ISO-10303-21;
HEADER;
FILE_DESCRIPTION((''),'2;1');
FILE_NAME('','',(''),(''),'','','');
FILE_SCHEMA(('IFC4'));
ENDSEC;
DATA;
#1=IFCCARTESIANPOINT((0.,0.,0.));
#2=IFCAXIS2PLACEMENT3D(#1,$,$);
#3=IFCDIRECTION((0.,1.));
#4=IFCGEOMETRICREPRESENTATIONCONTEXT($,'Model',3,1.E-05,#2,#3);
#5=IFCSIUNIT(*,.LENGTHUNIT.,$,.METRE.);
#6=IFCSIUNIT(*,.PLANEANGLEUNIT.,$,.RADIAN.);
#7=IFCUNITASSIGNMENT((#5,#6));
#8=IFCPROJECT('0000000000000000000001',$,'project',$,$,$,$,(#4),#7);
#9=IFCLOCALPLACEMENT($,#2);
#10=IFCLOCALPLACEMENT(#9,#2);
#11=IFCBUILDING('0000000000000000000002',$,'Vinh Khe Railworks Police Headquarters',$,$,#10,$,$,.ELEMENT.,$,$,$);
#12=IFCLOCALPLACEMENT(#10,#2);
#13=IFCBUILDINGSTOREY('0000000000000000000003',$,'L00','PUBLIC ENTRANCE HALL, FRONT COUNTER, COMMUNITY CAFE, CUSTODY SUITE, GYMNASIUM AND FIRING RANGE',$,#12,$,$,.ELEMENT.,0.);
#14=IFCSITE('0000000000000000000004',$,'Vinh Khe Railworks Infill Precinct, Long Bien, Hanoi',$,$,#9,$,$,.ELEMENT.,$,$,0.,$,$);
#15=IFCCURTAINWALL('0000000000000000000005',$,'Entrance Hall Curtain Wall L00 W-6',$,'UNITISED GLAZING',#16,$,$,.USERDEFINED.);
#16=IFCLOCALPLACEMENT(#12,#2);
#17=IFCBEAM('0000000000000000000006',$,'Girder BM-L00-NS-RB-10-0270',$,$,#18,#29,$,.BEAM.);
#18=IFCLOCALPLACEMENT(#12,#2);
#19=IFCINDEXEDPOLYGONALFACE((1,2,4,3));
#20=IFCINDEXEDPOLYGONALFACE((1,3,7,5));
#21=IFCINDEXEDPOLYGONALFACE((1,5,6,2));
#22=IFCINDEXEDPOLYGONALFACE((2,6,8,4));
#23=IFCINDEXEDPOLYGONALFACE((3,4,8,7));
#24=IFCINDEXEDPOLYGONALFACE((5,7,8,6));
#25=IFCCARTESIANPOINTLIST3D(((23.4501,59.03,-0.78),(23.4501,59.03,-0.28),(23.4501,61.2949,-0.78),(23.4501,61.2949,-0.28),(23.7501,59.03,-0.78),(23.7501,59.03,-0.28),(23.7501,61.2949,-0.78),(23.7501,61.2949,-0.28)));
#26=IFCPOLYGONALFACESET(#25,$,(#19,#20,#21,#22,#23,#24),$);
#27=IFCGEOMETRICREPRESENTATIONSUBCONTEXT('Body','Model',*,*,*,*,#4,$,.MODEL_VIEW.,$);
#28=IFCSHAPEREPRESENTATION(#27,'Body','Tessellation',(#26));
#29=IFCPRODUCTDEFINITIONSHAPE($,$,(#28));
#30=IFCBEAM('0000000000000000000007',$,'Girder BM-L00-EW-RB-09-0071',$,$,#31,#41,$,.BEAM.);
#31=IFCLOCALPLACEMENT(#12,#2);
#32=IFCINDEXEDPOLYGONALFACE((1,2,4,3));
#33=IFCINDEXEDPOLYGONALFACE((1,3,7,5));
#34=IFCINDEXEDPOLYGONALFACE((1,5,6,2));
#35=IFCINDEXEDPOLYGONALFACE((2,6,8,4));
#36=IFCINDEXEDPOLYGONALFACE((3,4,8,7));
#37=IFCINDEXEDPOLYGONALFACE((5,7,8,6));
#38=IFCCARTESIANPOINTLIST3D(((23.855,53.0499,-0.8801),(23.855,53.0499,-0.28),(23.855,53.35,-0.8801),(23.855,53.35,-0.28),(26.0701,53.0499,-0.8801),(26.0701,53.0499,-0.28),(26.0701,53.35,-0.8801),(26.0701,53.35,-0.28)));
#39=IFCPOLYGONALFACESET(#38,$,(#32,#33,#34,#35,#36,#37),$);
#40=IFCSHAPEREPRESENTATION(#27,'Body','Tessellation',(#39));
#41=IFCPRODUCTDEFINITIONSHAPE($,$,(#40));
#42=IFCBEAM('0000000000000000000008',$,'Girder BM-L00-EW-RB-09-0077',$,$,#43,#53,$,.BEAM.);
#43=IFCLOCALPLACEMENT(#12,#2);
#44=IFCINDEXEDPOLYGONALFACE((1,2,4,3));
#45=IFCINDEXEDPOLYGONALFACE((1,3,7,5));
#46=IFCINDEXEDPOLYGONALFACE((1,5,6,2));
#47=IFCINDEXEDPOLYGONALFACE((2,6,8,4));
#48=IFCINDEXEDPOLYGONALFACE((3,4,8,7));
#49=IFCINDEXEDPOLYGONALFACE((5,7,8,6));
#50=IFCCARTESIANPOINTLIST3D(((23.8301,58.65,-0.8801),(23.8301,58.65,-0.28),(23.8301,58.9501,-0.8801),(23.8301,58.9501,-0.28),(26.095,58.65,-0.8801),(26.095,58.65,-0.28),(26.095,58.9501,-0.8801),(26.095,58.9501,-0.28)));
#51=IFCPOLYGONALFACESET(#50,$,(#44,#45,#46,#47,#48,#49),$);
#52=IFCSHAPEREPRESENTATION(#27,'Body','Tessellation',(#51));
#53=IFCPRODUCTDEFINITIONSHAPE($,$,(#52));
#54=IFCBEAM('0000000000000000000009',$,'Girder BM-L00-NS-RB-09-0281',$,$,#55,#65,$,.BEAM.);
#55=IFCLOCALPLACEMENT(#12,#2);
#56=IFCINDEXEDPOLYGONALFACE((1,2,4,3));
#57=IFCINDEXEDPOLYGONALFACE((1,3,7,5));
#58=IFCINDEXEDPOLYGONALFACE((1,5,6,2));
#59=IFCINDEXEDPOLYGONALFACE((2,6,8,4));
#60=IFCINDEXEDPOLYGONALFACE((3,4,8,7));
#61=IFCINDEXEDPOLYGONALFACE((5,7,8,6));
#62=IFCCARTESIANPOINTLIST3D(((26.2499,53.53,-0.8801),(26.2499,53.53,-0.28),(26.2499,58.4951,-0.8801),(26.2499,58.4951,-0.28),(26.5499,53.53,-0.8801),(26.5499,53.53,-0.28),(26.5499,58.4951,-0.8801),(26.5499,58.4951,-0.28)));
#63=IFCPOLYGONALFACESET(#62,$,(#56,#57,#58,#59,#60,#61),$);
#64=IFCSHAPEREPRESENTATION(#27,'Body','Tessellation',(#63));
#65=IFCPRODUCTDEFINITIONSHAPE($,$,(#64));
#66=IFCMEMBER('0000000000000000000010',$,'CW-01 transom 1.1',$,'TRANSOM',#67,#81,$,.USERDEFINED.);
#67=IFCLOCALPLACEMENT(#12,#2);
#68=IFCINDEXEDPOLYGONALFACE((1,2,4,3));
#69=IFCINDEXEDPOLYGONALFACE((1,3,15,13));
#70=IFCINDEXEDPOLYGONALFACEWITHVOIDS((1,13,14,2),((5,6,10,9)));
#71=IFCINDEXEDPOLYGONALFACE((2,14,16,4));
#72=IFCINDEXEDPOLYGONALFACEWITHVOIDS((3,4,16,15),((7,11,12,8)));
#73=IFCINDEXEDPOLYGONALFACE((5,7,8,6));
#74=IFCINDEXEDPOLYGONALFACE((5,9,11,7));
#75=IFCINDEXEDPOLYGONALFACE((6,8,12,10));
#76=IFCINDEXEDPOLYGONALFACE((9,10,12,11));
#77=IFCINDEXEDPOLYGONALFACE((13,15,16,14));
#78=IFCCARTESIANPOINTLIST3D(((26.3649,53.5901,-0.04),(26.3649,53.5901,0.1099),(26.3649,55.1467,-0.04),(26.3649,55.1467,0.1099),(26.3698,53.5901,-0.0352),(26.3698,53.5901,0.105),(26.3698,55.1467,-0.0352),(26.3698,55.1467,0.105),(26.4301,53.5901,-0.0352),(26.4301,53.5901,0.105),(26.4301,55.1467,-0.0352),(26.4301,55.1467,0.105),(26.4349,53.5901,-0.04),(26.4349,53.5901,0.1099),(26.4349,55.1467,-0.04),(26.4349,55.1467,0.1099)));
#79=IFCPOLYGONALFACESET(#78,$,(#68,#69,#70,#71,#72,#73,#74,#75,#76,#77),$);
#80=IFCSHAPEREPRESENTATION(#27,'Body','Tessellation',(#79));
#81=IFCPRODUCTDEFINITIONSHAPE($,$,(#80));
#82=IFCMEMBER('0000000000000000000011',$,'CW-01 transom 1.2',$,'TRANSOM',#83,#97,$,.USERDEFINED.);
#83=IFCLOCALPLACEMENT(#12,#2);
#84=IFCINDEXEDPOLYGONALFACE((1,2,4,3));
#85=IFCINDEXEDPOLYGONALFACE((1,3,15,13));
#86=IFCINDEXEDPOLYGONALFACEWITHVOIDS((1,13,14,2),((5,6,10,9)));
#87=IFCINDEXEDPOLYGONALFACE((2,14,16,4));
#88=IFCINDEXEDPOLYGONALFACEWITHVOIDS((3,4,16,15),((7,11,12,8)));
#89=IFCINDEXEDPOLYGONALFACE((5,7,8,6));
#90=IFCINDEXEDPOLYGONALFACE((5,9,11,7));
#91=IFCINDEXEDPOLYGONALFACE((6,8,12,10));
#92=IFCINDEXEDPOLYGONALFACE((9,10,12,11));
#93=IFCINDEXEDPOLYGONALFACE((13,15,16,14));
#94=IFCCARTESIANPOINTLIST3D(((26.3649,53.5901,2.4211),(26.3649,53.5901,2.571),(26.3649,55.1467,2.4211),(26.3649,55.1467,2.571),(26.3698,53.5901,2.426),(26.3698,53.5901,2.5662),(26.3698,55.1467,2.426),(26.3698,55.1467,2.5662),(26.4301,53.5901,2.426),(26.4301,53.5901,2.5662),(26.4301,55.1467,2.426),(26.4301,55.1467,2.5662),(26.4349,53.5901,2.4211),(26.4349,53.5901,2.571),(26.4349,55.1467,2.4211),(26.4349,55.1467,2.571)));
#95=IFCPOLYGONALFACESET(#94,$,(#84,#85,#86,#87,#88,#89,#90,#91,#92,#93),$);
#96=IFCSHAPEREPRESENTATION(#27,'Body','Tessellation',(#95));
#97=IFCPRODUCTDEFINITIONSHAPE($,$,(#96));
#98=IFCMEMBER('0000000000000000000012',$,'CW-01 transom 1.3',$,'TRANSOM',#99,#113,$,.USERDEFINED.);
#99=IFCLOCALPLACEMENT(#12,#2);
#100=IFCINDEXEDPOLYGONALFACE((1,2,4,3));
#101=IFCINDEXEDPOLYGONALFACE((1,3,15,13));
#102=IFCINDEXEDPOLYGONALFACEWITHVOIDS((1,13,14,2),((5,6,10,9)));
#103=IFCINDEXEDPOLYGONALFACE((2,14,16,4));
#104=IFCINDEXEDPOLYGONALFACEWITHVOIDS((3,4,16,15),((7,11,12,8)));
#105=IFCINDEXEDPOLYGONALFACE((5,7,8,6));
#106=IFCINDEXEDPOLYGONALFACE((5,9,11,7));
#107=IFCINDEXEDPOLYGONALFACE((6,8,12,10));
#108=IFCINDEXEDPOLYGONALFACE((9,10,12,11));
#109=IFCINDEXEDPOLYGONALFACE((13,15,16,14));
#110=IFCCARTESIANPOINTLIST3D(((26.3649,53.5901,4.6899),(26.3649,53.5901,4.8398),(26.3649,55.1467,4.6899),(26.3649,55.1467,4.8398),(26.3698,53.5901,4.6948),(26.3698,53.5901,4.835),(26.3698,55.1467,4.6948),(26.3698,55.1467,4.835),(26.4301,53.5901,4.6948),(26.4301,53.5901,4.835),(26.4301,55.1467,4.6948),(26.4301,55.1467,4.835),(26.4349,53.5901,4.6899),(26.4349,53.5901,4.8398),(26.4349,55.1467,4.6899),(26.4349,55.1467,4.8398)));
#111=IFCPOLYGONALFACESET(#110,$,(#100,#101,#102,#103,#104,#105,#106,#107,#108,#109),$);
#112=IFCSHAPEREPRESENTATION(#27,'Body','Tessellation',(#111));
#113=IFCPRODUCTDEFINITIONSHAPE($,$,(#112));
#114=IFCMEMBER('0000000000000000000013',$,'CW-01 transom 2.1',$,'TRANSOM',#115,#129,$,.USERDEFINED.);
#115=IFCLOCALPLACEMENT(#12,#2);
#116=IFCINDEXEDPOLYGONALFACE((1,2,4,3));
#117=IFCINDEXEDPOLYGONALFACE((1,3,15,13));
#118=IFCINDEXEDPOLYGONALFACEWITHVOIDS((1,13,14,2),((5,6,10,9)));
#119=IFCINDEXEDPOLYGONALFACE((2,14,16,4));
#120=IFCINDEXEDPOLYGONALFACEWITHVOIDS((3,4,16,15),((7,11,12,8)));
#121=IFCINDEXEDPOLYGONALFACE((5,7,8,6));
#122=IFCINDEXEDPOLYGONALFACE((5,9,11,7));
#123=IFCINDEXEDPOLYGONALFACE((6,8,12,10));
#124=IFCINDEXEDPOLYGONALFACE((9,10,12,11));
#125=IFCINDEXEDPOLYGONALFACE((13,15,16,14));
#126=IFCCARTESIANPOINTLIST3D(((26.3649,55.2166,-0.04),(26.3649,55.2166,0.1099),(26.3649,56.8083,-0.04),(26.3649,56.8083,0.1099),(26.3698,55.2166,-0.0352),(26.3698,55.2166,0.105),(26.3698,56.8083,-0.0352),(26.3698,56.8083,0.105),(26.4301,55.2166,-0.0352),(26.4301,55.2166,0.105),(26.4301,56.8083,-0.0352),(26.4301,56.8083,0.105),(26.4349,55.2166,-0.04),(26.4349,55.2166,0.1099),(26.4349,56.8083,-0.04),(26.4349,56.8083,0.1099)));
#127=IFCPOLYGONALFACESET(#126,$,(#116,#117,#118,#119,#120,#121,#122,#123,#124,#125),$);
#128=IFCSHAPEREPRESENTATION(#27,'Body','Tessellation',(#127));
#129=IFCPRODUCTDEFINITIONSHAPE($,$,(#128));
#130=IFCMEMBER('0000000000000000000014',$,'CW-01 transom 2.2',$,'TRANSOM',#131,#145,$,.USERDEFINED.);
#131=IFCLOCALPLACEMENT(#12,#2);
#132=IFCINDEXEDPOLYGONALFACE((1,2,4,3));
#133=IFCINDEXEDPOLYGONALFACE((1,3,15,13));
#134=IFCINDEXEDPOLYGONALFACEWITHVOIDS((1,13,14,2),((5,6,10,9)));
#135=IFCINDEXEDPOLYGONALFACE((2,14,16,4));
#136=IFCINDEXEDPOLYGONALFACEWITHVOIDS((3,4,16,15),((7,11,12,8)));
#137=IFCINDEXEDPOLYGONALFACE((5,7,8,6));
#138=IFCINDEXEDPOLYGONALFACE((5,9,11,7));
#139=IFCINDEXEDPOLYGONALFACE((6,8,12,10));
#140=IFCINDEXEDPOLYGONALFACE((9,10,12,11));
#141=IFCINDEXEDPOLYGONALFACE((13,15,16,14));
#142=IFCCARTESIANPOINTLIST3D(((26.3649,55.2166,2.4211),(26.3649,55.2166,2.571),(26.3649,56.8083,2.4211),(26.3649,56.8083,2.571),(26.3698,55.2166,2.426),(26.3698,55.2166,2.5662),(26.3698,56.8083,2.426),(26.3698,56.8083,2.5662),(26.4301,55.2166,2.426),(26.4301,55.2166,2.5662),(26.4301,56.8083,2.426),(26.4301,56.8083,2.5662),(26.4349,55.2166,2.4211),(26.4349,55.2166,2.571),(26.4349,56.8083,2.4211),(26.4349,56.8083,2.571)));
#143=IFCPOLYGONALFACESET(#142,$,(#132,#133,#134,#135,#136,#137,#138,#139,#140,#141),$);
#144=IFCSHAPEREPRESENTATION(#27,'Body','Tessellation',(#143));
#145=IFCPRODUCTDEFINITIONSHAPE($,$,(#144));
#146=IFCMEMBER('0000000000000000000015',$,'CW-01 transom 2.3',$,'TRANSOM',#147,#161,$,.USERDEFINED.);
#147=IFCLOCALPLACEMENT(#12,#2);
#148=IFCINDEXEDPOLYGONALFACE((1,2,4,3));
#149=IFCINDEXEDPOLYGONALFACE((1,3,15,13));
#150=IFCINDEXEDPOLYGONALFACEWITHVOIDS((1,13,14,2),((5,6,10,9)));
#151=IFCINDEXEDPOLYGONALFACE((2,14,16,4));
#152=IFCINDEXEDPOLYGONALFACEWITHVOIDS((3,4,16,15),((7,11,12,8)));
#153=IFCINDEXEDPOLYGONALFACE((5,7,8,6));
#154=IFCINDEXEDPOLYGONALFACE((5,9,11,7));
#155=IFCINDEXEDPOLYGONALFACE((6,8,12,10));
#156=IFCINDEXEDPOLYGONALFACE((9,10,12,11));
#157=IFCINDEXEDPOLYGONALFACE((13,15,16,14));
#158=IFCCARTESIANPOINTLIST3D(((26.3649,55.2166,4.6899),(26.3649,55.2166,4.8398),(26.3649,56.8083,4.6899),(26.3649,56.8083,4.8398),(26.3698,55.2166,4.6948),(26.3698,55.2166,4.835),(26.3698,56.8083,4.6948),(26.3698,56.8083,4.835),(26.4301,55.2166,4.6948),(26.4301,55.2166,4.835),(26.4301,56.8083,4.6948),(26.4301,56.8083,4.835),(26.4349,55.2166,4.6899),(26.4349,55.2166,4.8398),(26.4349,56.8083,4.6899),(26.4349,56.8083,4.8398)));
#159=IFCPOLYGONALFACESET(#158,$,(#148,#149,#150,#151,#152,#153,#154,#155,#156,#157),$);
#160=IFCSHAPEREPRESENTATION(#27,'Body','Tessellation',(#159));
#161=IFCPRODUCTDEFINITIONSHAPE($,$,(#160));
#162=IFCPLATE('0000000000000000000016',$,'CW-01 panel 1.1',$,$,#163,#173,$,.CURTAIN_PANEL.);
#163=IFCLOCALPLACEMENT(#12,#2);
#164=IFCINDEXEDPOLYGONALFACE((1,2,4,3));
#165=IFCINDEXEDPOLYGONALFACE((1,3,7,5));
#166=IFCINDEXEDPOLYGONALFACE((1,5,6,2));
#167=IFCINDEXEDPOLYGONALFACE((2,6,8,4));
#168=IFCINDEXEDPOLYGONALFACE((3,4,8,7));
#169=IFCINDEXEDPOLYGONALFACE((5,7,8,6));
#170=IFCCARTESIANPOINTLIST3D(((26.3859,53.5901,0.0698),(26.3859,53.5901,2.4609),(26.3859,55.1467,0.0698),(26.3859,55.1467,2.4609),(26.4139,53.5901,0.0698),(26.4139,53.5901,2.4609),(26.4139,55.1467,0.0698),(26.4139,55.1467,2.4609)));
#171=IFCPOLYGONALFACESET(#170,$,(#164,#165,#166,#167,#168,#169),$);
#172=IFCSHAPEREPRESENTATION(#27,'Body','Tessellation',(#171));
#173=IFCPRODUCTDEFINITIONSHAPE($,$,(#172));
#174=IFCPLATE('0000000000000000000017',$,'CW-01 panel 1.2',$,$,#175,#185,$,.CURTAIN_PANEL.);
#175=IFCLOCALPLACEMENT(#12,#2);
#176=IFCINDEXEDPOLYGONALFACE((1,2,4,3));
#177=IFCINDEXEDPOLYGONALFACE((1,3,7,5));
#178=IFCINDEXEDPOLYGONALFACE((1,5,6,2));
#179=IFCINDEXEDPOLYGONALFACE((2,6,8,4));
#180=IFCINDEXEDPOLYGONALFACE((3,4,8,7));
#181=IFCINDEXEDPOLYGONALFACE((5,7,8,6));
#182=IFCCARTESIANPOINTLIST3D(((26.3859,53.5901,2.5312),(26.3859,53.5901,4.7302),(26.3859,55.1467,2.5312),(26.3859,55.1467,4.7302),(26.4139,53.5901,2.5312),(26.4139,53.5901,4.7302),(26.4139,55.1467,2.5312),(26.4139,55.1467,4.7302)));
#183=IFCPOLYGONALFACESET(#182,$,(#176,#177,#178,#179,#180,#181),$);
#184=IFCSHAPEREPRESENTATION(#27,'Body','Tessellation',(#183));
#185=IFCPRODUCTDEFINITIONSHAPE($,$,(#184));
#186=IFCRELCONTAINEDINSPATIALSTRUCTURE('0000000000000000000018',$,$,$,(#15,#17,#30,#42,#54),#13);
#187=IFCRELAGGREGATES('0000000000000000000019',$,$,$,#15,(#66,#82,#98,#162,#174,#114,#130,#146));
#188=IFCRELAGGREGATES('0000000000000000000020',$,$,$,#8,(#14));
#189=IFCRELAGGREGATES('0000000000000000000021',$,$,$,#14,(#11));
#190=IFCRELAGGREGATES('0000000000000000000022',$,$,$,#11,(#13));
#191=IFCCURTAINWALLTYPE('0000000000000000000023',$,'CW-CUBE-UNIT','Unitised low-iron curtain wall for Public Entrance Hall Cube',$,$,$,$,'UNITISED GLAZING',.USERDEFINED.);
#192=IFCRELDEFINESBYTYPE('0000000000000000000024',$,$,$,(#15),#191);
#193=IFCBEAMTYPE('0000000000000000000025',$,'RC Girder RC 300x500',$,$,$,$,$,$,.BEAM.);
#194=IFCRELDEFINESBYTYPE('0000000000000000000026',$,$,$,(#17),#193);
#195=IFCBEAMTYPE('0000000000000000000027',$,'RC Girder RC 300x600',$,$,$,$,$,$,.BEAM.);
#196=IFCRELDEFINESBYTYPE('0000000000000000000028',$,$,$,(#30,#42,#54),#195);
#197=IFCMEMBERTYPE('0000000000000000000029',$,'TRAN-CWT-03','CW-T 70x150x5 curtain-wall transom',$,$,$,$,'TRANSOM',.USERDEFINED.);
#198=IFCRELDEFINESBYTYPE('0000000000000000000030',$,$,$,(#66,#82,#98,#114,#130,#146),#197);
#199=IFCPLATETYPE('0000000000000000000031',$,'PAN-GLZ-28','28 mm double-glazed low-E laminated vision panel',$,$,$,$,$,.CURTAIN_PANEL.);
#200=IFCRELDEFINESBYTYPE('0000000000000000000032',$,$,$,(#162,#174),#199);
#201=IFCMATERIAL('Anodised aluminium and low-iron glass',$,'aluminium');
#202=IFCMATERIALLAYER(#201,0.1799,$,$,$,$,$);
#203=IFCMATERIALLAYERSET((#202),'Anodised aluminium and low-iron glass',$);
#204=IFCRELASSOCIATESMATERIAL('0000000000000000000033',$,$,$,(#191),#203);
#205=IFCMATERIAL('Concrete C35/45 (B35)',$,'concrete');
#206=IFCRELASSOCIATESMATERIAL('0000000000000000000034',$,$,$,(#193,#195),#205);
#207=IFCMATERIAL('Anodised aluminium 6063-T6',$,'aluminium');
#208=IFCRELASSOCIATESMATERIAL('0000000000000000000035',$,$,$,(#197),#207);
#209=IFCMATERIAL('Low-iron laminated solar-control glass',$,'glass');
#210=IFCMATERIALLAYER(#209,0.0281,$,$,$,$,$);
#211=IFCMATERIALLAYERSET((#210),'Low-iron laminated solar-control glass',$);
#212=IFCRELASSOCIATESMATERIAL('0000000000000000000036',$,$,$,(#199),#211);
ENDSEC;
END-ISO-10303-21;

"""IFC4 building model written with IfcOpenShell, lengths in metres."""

from ifc_helpers import new_model, si_unit, direction, frame, origin, origin_2d, place, context, subcontext, project, spatial, rectangle, hollow_rectangle, extrude, material, layer, layer_set, material_profile, profile_set, type_object, element, aggregate, save


model = new_model("IFC4")

# Units and contexts
model_context = context("Model", 3, precision=1e-05, world=origin(), true_north=direction((0.0, 1.0)))
body_context = subcontext(model_context, "Body", "Model", "MODEL_VIEW")
ifc_project = project(units=[si_unit("LENGTHUNIT", "METRE"), si_unit("PLANEANGLEUNIT", "RADIAN")], contexts=[model_context])

# Site, building, storey
site_placement = place(None, origin())
site = spatial("IfcSite", under=ifc_project, at=site_placement, Name="Vinh Khe Railworks Infill Precinct, Long Bien, Hanoi", CompositionType="ELEMENT", RefElevation=0.0)
building_placement = place(site_placement, origin())
building = spatial("IfcBuilding", under=site, at=building_placement, Name="Vinh Khe Railworks Police Headquarters", CompositionType="ELEMENT")
storey_placement = place(building_placement, origin())
storey = spatial("IfcBuildingStorey", under=building, at=storey_placement, Name="L00", Description="PUBLIC ENTRANCE HALL, FRONT COUNTER, COMMUNITY CAFE, CUSTODY SUITE, GYMNASIUM AND FIRING RANGE", CompositionType="ELEMENT", Elevation=0.0)

# Curtain wall
ifc_material_1 = material(Name="Anodised aluminium and low-iron glass", Category="aluminium")
ifc_layer_1 = layer(ifc_material_1, 0.1799)
ifc_layer_set_1 = layer_set([ifc_layer_1], Name="Anodised aluminium and low-iron glass")
curtain_wall_type = type_object("IfcCurtainWallType", Name="CW-CUBE-UNIT", Description="Unitised low-iron curtain wall for Public Entrance Hall Cube", ElementType="UNITISED GLAZING", PredefinedType="USERDEFINED", material=ifc_layer_set_1)
curtain_wall_placement = place(storey_placement, origin())
curtain_wall = element("IfcCurtainWall", 1, at=curtain_wall_placement, inside=storey, type_object=curtain_wall_type, Name="Entrance Hall Curtain Wall L00 W-6", ObjectType="UNITISED GLAZING", PredefinedType="USERDEFINED")
ifc_material_2 = material(Name="Anodised aluminium 6063-T6", Category="aluminium")

# Beams
ifc_material_3 = material(Name="Concrete C35/45 (B35)", Category="concrete")
ifc_material_profile_1 = material_profile(ifc_material_3, rectangle(XDim=0.3, YDim=0.5, at=origin_2d()), Name="RC 300x500")
ifc_profile_set_1 = profile_set([ifc_material_profile_1], Name="Concrete C35/45 (B35)")
beam_type_1 = type_object("IfcBeamType", Name="RC Girder RC 300x500", PredefinedType="BEAM", material=ifc_profile_set_1)
beam_1_placement = place(storey_placement, frame((23.6001, 59.03, -0.53), z_axis=(0.0, 1.0, 0.0), x_axis=(-1.0, 0.0, 0.0)))
element("IfcBeam", 2, at=beam_1_placement, inside=storey, type_object=beam_type_1, Name="Girder BM-L00-NS-RB-10-0270", PredefinedType="BEAM", context=body_context, shape_type="SweptSolid", body=[
    extrude(rectangle(XDim=0.3, YDim=0.5, at=origin_2d()), origin(), (0.0, 0.0, 1.0), 2.2649),
])
ifc_material_profile_2 = material_profile(ifc_material_3, rectangle(XDim=0.3, YDim=0.6001, at=origin_2d()), Name="RC 300x600")
ifc_profile_set_2 = profile_set([ifc_material_profile_2], Name="Concrete C35/45 (B35)")
beam_type_2 = type_object("IfcBeamType", Name="RC Girder RC 300x600", PredefinedType="BEAM", material=ifc_profile_set_2)
beam_2_placement = place(storey_placement, frame((23.855, 53.2, -0.5801), z_axis=(1.0, 0.0, 0.0), x_axis=(0.0, 1.0, 0.0)))
element("IfcBeam", 3, at=beam_2_placement, inside=storey, type_object=beam_type_2, Name="Girder BM-L00-EW-RB-09-0071", PredefinedType="BEAM", context=body_context, shape_type="SweptSolid", body=[
    extrude(rectangle(XDim=0.3, YDim=0.6001, at=origin_2d()), origin(), (0.0, 0.0, 1.0), 2.2151),
])
beam_3_placement = place(storey_placement, frame((23.8301, 58.8, -0.5801), z_axis=(1.0, 0.0, 0.0), x_axis=(0.0, 1.0, 0.0)))
element("IfcBeam", 4, at=beam_3_placement, inside=storey, type_object=beam_type_2, Name="Girder BM-L00-EW-RB-09-0077", PredefinedType="BEAM", context=body_context, shape_type="SweptSolid", body=[
    extrude(rectangle(XDim=0.3, YDim=0.6001, at=origin_2d()), origin(), (0.0, 0.0, 1.0), 2.2649),
])
beam_4_placement = place(storey_placement, frame((26.3999, 53.53, -0.5801), z_axis=(0.0, 1.0, 0.0), x_axis=(-1.0, 0.0, 0.0)))
element("IfcBeam", 5, at=beam_4_placement, inside=storey, type_object=beam_type_2, Name="Girder BM-L00-NS-RB-09-0281", PredefinedType="BEAM", context=body_context, shape_type="SweptSolid", body=[
    extrude(rectangle(XDim=0.3, YDim=0.6001, at=origin_2d()), origin(), (0.0, 0.0, 1.0), 4.9651),
])

# Members
ifc_material_profile_3 = material_profile(ifc_material_2, hollow_rectangle(XDim=0.0701, YDim=0.1499, WallThickness=0.0049, at=origin_2d()), Name="CW-T 70x150x5")
ifc_profile_set_3 = profile_set([ifc_material_profile_3], Name="Anodised aluminium 6063-T6")
member_type_1 = type_object("IfcMemberType", Name="TRAN-CWT-03", Description="CW-T 70x150x5 curtain-wall transom", ElementType="TRANSOM", PredefinedType="USERDEFINED", material=ifc_profile_set_3)
member_1_placement = place(storey_placement, frame((26.3999, 53.5901, 0.0349), z_axis=(0.0, 1.0, 0.0), x_axis=(-1.0, 0.0, 0.0)))
member_1 = element("IfcMember", 6, at=member_1_placement, type_object=member_type_1, Name="CW-01 transom 1.1", ObjectType="TRANSOM", PredefinedType="USERDEFINED", context=body_context, shape_type="SweptSolid", body=[
    extrude(hollow_rectangle(XDim=0.0701, YDim=0.1499, WallThickness=0.0049, at=origin_2d()), origin(), (0.0, 0.0, 1.0), 1.5566),
])
member_2_placement = place(storey_placement, frame((26.3999, 53.5901, 2.4961), z_axis=(0.0, 1.0, 0.0), x_axis=(-1.0, 0.0, 0.0)))
member_2 = element("IfcMember", 7, at=member_2_placement, type_object=member_type_1, Name="CW-01 transom 1.2", ObjectType="TRANSOM", PredefinedType="USERDEFINED", context=body_context, shape_type="SweptSolid", body=[
    extrude(hollow_rectangle(XDim=0.0701, YDim=0.1499, WallThickness=0.0049, at=origin_2d()), origin(), (0.0, 0.0, 1.0), 1.5566),
])
member_3_placement = place(storey_placement, frame((26.3999, 53.5901, 4.7649), z_axis=(0.0, 1.0, 0.0), x_axis=(-1.0, 0.0, 0.0)))
member_3 = element("IfcMember", 8, at=member_3_placement, type_object=member_type_1, Name="CW-01 transom 1.3", ObjectType="TRANSOM", PredefinedType="USERDEFINED", context=body_context, shape_type="SweptSolid", body=[
    extrude(hollow_rectangle(XDim=0.0701, YDim=0.1499, WallThickness=0.0049, at=origin_2d()), origin(), (0.0, 0.0, 1.0), 1.5566),
])
member_4_placement = place(storey_placement, frame((26.3999, 55.2166, 0.0349), z_axis=(0.0, 1.0, 0.0), x_axis=(-1.0, 0.0, 0.0)))
member_4 = element("IfcMember", 9, at=member_4_placement, type_object=member_type_1, Name="CW-01 transom 2.1", ObjectType="TRANSOM", PredefinedType="USERDEFINED", context=body_context, shape_type="SweptSolid", body=[
    extrude(hollow_rectangle(XDim=0.0701, YDim=0.1499, WallThickness=0.0049, at=origin_2d()), origin(), (0.0, 0.0, 1.0), 1.5918),
])
member_5_placement = place(storey_placement, frame((26.3999, 55.2166, 2.4961), z_axis=(0.0, 1.0, 0.0), x_axis=(-1.0, 0.0, 0.0)))
member_5 = element("IfcMember", 10, at=member_5_placement, type_object=member_type_1, Name="CW-01 transom 2.2", ObjectType="TRANSOM", PredefinedType="USERDEFINED", context=body_context, shape_type="SweptSolid", body=[
    extrude(hollow_rectangle(XDim=0.0701, YDim=0.1499, WallThickness=0.0049, at=origin_2d()), origin(), (0.0, 0.0, 1.0), 1.5918),
])
member_6_placement = place(storey_placement, frame((26.3999, 55.2166, 4.7649), z_axis=(0.0, 1.0, 0.0), x_axis=(-1.0, 0.0, 0.0)))
member_6 = element("IfcMember", 11, at=member_6_placement, type_object=member_type_1, Name="CW-01 transom 2.3", ObjectType="TRANSOM", PredefinedType="USERDEFINED", context=body_context, shape_type="SweptSolid", body=[
    extrude(hollow_rectangle(XDim=0.0701, YDim=0.1499, WallThickness=0.0049, at=origin_2d()), origin(), (0.0, 0.0, 1.0), 1.5918),
])

# Plates
ifc_material_4 = material(Name="Low-iron laminated solar-control glass", Category="glass")
ifc_layer_2 = layer(ifc_material_4, 0.0281)
ifc_layer_set_2 = layer_set([ifc_layer_2], Name="Low-iron laminated solar-control glass")
plate_type_1 = type_object("IfcPlateType", Name="PAN-GLZ-28", Description="28 mm double-glazed low-E laminated vision panel", PredefinedType="CURTAIN_PANEL", material=ifc_layer_set_2)
plate_1_placement = place(storey_placement, frame((26.3999, 54.3684, 0.0698), z_axis=(0.0, 0.0, 1.0), x_axis=(0.0, 1.0, 0.0)))
plate_1 = element("IfcPlate", 12, at=plate_1_placement, type_object=plate_type_1, Name="CW-01 panel 1.1", PredefinedType="CURTAIN_PANEL", context=body_context, shape_type="SweptSolid", body=[
    extrude(rectangle(XDim=1.5566, YDim=0.0281, at=origin_2d()), origin(), (0.0, 0.0, 1.0), 2.3911),
])
plate_2_placement = place(storey_placement, frame((26.3999, 54.3684, 2.5312), z_axis=(0.0, 0.0, 1.0), x_axis=(0.0, 1.0, 0.0)))
plate_2 = element("IfcPlate", 13, at=plate_2_placement, type_object=plate_type_1, Name="CW-01 panel 1.2", PredefinedType="CURTAIN_PANEL", context=body_context, shape_type="SweptSolid", body=[
    extrude(rectangle(XDim=1.5566, YDim=0.0281, at=origin_2d()), origin(), (0.0, 0.0, 1.0), 2.199),
])
aggregate(curtain_wall, [member_1, member_2, member_3, plate_1, plate_2, member_4, member_5, member_6])

save(model, "model.ifc")
